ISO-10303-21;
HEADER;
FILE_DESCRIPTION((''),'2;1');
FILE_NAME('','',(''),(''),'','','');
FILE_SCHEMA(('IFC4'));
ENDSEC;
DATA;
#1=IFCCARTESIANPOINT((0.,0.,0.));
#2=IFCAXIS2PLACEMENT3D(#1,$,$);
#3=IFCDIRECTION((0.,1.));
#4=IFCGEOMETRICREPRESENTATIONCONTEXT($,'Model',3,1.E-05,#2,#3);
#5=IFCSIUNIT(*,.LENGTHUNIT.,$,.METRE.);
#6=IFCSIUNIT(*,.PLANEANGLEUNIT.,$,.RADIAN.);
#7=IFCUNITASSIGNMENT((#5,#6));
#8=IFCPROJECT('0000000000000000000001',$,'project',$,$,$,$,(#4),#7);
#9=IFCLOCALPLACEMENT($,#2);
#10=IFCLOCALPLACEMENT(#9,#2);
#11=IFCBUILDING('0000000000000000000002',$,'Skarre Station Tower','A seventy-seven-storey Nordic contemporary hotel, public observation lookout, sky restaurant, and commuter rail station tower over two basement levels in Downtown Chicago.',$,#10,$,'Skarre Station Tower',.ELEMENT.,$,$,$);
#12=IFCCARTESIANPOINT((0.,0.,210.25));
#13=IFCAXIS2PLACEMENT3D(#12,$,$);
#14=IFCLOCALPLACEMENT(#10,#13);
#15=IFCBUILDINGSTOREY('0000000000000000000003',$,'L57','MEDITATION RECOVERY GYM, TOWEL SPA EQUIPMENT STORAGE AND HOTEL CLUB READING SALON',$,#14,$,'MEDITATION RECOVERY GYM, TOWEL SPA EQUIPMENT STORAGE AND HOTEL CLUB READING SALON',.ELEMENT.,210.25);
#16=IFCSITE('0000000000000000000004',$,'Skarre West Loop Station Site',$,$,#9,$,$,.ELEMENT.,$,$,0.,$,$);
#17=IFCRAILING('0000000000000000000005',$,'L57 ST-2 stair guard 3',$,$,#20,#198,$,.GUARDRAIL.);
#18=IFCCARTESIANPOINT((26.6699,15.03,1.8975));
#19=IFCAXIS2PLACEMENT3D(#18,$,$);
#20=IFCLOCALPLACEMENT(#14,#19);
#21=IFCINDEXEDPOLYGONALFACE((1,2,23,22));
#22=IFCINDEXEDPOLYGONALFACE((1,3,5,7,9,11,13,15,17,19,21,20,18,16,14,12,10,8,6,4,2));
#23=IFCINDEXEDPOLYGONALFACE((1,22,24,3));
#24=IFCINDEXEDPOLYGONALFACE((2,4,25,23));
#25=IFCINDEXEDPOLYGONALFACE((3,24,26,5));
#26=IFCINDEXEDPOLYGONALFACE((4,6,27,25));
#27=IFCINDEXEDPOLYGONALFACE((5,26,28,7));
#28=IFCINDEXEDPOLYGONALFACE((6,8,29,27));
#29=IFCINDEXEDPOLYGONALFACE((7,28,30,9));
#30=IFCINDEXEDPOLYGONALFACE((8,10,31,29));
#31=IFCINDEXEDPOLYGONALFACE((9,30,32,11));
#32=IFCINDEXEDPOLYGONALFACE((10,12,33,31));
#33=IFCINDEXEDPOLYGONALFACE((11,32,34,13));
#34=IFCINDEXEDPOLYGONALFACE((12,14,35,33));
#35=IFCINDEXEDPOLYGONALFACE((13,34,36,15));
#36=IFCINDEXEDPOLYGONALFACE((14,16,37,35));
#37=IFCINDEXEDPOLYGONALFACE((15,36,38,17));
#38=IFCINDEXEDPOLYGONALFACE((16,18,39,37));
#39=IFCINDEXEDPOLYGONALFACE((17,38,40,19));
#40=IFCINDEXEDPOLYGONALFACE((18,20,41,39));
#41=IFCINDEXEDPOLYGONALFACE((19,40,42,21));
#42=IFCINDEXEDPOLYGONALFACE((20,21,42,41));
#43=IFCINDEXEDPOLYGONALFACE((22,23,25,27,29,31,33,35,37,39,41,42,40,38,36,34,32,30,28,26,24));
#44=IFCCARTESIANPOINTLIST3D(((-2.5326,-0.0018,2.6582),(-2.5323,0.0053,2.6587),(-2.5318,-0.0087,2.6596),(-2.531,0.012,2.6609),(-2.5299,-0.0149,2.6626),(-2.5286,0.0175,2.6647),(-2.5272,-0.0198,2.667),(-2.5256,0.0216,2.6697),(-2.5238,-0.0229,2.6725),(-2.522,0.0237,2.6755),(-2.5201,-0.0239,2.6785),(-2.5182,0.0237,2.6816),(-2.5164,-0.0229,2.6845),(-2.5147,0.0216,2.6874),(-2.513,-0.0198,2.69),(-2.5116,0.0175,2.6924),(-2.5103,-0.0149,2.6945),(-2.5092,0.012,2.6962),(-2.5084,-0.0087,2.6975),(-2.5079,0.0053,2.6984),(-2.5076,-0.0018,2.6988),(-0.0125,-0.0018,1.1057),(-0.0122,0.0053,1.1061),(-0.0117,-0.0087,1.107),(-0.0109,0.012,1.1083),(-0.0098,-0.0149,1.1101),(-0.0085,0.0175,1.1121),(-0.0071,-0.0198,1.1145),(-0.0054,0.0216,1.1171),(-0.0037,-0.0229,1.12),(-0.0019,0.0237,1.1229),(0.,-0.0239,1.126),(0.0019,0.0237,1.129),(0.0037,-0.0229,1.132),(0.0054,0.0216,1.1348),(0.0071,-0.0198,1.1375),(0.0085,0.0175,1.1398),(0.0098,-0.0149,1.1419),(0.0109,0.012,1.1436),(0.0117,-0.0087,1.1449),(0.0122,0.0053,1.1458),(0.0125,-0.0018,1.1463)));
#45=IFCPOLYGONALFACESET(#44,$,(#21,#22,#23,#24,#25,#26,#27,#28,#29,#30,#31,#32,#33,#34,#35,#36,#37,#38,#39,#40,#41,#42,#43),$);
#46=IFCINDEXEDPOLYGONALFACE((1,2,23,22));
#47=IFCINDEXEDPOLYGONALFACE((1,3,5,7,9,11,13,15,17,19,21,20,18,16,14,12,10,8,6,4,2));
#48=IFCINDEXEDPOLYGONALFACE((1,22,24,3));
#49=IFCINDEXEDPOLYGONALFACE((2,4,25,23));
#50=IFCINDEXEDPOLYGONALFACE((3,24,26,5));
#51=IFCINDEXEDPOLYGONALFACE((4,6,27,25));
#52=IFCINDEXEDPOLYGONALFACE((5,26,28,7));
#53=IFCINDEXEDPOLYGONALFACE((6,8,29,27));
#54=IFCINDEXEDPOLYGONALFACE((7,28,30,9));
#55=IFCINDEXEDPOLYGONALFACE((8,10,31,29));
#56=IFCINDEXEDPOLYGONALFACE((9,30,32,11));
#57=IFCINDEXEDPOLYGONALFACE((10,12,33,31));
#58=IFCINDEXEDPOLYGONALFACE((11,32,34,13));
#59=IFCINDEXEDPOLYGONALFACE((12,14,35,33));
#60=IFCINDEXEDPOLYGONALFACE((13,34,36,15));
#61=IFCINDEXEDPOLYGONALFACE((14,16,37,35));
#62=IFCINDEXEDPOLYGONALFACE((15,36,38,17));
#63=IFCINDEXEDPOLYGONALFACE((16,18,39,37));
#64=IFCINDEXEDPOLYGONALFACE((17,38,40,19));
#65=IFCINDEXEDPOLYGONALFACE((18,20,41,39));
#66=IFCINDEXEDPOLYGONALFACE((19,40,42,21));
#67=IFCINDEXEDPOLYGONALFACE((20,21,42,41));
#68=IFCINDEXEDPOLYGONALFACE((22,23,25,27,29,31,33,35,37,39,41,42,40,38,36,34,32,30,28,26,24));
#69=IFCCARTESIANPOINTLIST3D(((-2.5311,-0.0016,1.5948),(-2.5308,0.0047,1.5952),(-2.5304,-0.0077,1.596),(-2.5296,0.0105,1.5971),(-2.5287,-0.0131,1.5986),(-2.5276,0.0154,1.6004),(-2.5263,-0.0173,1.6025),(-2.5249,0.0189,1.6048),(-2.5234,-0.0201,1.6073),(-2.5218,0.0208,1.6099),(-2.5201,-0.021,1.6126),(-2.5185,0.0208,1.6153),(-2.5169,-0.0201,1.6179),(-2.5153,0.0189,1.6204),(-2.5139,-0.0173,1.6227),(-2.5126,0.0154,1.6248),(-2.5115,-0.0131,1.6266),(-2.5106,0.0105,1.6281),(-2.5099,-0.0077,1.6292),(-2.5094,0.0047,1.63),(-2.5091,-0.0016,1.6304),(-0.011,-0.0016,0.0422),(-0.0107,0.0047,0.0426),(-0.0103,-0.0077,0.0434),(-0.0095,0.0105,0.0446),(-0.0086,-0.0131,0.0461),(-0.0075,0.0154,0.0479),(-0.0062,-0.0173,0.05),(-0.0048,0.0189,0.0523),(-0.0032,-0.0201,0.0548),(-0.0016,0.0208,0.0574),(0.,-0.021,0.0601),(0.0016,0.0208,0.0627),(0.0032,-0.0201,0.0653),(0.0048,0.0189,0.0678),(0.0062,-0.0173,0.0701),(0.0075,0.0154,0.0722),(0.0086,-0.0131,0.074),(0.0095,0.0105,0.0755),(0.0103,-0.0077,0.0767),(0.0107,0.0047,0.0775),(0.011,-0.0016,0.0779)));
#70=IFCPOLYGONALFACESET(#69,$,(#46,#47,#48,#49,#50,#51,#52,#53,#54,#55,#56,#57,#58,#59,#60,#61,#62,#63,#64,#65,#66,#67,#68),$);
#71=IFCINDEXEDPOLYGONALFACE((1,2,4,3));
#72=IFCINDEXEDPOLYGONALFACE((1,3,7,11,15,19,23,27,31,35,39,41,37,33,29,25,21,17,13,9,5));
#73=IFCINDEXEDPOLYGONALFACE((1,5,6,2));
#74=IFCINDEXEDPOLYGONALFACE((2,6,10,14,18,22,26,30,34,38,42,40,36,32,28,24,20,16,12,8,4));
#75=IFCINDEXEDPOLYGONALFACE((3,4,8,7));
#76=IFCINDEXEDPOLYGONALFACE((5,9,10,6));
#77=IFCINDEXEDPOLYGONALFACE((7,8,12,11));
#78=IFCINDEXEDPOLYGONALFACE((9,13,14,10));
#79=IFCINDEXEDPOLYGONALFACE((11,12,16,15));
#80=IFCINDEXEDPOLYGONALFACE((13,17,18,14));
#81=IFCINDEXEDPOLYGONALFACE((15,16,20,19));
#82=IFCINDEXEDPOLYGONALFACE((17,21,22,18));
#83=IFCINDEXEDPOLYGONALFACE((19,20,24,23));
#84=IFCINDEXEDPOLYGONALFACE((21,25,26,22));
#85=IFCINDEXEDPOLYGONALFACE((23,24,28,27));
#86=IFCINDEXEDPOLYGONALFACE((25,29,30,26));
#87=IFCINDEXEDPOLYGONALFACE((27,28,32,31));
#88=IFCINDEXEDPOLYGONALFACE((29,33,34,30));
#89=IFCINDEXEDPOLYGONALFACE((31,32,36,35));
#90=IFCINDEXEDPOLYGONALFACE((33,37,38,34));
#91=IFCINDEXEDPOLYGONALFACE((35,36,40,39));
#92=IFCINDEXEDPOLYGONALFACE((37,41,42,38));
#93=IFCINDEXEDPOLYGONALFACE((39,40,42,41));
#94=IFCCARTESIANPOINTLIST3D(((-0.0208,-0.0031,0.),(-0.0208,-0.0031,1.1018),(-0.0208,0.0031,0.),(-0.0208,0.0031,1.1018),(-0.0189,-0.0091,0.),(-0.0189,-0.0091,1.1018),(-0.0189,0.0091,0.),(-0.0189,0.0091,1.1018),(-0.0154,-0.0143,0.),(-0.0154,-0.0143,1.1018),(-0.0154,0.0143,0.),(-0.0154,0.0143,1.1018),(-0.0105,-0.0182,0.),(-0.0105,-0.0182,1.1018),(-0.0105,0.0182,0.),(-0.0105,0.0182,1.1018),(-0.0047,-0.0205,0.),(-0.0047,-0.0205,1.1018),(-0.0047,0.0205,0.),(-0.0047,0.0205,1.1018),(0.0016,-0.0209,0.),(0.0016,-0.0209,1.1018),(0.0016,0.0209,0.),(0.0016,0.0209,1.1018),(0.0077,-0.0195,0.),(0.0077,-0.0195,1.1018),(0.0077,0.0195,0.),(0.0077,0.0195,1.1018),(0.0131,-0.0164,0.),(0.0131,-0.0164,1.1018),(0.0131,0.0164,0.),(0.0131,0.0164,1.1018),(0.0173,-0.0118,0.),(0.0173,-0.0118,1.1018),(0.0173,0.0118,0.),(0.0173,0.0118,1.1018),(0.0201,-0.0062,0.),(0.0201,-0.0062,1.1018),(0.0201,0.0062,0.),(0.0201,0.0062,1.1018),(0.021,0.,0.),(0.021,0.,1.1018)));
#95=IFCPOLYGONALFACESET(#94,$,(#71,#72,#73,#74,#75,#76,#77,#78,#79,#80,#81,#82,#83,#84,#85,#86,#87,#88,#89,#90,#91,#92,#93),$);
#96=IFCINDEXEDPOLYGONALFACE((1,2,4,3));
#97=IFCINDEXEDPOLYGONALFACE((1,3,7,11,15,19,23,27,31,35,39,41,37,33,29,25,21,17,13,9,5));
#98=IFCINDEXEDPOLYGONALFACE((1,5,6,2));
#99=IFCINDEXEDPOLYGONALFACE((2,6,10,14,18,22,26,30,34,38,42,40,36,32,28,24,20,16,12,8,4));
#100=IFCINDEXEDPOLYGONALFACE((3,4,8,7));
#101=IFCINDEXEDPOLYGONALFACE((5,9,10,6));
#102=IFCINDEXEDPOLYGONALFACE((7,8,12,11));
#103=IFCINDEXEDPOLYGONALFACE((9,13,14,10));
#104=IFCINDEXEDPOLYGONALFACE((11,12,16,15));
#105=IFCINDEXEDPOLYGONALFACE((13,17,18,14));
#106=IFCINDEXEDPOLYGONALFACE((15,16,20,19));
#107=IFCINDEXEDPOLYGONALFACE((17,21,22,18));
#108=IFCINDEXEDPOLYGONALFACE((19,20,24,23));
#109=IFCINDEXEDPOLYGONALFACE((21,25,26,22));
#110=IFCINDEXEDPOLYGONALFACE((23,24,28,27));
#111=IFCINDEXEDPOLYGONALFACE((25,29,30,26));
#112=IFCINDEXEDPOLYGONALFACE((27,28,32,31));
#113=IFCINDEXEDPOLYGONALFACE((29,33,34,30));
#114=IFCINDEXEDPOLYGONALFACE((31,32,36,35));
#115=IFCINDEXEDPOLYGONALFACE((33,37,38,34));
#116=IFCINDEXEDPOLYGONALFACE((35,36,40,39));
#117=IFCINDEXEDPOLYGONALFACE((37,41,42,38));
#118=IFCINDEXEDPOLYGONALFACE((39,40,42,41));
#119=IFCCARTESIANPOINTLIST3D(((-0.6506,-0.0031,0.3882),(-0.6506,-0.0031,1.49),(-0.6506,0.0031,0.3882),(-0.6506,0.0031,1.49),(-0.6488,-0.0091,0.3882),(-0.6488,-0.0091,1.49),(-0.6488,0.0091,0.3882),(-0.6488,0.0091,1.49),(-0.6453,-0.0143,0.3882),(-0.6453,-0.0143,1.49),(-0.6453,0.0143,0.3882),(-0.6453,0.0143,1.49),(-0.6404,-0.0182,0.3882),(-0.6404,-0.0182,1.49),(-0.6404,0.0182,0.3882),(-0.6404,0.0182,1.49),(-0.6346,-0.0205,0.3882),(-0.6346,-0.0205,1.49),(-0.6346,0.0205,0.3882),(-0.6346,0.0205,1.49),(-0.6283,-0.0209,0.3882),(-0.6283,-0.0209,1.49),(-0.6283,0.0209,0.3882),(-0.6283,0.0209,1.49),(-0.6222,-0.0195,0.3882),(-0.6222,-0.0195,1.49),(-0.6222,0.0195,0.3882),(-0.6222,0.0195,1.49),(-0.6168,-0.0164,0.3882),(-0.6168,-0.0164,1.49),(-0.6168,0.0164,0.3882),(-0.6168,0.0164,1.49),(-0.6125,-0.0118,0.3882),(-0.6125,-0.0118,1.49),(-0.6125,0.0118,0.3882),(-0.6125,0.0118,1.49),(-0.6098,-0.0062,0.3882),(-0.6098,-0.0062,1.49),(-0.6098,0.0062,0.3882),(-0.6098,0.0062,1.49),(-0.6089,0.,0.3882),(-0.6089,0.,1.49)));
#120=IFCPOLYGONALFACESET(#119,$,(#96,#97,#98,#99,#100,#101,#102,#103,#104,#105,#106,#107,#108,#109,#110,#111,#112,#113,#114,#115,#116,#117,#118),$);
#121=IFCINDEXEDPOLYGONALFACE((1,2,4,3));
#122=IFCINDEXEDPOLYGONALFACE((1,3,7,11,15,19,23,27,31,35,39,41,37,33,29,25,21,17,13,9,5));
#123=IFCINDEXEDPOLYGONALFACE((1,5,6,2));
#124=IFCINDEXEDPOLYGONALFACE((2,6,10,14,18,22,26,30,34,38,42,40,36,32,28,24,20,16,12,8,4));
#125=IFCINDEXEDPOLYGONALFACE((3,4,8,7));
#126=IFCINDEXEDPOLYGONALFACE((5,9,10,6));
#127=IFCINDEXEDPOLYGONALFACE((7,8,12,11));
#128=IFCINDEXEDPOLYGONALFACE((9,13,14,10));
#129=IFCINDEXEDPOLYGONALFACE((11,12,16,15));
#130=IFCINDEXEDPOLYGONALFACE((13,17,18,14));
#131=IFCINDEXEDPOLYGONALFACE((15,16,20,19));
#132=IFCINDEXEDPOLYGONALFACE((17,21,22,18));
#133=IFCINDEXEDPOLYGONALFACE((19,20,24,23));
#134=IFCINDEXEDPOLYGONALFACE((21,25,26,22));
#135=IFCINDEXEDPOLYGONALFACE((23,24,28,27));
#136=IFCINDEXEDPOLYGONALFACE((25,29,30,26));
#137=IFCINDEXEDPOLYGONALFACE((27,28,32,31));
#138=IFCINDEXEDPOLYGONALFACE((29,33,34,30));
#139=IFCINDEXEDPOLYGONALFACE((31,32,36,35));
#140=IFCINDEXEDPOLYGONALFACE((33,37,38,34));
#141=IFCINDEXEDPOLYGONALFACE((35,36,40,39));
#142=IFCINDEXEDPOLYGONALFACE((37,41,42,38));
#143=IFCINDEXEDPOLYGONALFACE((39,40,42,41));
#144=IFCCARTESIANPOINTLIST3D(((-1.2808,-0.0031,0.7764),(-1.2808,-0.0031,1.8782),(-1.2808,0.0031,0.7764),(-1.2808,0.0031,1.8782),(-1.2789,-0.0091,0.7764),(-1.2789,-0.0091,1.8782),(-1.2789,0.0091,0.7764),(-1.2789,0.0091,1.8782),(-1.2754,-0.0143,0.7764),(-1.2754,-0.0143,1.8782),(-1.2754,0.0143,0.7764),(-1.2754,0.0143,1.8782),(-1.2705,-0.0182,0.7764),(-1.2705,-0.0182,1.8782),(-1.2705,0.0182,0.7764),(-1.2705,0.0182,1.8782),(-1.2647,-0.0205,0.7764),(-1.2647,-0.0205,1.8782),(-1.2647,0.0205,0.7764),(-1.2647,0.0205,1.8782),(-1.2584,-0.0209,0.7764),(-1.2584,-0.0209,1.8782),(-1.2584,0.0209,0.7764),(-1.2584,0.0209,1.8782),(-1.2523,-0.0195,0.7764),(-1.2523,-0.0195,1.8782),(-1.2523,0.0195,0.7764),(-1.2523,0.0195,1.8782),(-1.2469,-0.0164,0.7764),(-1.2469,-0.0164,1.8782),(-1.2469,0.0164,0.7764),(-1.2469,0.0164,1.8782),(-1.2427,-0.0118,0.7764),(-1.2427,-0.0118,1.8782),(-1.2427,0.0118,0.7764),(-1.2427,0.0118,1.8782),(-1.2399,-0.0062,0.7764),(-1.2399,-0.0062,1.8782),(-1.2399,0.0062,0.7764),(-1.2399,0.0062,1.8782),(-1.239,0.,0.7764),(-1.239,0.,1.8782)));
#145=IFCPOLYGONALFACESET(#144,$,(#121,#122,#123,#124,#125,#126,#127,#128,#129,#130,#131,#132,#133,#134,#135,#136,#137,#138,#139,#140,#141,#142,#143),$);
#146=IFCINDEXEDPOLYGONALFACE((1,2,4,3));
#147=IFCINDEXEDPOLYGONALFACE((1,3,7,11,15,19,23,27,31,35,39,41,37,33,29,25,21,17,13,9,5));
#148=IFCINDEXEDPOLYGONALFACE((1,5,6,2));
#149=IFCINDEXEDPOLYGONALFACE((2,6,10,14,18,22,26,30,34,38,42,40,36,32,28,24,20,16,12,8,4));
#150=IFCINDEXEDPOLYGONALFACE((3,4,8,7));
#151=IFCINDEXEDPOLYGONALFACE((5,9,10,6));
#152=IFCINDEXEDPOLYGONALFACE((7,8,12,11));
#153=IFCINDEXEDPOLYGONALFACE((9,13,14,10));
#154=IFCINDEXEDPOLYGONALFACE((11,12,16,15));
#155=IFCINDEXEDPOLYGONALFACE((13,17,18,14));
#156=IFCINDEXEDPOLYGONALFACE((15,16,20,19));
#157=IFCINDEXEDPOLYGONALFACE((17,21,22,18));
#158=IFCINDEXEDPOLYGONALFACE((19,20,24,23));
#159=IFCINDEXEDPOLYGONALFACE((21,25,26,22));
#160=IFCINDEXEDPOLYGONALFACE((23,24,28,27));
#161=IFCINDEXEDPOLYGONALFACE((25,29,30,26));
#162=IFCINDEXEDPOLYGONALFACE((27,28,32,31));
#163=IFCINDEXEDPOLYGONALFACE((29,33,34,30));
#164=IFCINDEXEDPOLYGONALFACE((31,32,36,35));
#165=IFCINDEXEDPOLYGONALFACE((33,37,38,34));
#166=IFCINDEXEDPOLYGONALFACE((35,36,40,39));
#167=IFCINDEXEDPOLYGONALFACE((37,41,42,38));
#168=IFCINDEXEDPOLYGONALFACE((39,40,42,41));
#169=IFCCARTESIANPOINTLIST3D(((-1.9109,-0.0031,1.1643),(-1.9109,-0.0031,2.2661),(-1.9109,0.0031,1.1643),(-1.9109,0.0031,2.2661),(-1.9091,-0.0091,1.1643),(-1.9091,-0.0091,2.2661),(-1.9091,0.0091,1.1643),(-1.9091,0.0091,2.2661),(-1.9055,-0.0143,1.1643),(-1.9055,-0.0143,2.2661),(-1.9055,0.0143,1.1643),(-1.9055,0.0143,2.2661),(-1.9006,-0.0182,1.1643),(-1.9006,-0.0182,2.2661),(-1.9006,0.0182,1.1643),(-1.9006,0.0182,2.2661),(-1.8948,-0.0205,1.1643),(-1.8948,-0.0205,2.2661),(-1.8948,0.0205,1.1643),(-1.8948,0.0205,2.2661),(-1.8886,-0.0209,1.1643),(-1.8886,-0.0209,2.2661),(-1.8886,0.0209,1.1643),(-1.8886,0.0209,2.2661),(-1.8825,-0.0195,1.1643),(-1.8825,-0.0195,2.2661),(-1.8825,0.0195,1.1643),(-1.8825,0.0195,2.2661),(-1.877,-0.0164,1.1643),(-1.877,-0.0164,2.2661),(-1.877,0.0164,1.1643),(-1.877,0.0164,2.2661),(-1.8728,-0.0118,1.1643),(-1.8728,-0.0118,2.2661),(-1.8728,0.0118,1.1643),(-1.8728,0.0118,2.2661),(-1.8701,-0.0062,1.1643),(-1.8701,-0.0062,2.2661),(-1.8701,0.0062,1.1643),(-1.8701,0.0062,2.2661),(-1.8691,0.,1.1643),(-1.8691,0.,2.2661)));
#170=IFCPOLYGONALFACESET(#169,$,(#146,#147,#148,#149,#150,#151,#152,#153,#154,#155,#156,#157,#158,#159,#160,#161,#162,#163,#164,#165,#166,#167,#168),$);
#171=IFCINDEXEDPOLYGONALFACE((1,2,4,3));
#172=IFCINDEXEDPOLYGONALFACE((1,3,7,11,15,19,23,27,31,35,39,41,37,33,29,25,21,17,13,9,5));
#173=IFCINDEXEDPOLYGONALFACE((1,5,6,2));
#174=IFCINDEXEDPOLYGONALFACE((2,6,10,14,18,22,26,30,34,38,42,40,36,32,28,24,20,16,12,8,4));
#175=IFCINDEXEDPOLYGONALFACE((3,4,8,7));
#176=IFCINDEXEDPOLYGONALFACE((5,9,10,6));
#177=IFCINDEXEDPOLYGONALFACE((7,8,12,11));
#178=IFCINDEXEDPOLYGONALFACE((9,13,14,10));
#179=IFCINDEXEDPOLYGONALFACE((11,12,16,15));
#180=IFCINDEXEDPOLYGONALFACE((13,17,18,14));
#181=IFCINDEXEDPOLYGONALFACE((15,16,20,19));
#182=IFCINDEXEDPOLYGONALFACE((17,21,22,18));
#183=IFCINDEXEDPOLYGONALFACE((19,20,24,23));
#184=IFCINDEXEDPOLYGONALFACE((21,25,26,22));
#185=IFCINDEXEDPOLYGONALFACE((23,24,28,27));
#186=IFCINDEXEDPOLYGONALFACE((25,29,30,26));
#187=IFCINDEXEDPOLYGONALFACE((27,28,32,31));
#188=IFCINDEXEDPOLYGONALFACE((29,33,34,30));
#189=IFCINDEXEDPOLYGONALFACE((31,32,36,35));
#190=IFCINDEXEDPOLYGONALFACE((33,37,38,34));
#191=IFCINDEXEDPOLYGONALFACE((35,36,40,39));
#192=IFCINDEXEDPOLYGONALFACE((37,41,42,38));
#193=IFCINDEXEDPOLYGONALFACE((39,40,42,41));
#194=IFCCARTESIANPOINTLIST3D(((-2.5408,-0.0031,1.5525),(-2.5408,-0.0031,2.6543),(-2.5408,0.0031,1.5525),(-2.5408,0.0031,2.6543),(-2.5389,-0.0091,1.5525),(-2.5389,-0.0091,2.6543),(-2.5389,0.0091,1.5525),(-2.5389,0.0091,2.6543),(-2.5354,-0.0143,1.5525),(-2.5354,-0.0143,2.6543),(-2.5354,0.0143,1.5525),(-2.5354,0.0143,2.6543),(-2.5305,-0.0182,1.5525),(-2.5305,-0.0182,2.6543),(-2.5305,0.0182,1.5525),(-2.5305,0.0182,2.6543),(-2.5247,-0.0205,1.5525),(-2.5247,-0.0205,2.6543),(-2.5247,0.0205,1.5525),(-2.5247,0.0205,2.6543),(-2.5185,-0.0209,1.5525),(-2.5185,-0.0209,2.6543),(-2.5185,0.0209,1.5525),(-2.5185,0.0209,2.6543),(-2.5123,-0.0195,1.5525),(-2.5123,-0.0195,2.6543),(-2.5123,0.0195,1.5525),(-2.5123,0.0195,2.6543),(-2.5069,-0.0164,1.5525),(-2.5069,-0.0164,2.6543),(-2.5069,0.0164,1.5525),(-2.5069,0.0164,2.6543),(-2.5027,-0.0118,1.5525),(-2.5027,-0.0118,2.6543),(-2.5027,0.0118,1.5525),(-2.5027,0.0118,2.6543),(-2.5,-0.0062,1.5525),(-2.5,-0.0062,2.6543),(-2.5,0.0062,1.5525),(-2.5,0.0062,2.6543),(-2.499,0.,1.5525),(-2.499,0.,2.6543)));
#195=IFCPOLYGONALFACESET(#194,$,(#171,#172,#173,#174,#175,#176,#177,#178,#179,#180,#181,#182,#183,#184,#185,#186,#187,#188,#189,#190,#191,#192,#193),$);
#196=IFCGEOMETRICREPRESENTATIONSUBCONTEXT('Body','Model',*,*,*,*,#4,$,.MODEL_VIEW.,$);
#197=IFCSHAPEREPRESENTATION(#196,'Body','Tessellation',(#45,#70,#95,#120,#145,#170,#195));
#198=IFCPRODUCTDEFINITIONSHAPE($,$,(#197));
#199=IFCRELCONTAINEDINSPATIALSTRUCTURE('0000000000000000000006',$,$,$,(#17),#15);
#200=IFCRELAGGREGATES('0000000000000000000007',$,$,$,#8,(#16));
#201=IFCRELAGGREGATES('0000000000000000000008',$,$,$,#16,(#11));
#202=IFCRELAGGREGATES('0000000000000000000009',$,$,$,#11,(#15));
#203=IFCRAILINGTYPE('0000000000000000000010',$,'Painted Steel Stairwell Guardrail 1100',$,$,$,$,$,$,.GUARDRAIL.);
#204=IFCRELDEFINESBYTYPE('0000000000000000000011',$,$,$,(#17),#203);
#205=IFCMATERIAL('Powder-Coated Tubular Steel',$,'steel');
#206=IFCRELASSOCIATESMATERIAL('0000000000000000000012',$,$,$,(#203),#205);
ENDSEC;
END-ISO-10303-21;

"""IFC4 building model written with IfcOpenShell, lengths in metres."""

from ifc_helpers import new_model, si_unit, direction, frame, origin, origin_2d, place, context, subcontext, project, spatial, circle, extrude, material, type_object, element, save


model = new_model("IFC4")

# Units and contexts
model_context = context("Model", 3, precision=1e-05, world=origin(), true_north=direction((0.0, 1.0)))
body_context = subcontext(model_context, "Body", "Model", "MODEL_VIEW")
ifc_project = project(units=[si_unit("LENGTHUNIT", "METRE"), si_unit("PLANEANGLEUNIT", "RADIAN")], contexts=[model_context])

# Site, building, storey
site_placement = place(None, origin())
site = spatial("IfcSite", under=ifc_project, at=site_placement, Name="Skarre West Loop Station Site", CompositionType="ELEMENT", RefElevation=0.0)
building_placement = place(site_placement, origin())
building = spatial("IfcBuilding", under=site, at=building_placement, Name="Skarre Station Tower", Description="A seventy-seven-storey Nordic contemporary hotel, public observation lookout, sky restaurant, and commuter rail station tower over two basement levels in Downtown Chicago.", LongName="Skarre Station Tower", CompositionType="ELEMENT")
storey_placement = place(building_placement, frame((0.0, 0.0, 210.25)))
storey = spatial("IfcBuildingStorey", under=building, at=storey_placement, Name="L57", Description="MEDITATION RECOVERY GYM, TOWEL SPA EQUIPMENT STORAGE AND HOTEL CLUB READING SALON", LongName="MEDITATION RECOVERY GYM, TOWEL SPA EQUIPMENT STORAGE AND HOTEL CLUB READING SALON", CompositionType="ELEMENT", Elevation=210.25)

# Railing
ifc_material_1 = material(Name="Powder-Coated Tubular Steel", Category="steel")
railing_type_1 = type_object("IfcRailingType", Name="Painted Steel Stairwell Guardrail 1100", PredefinedType="GUARDRAIL", material=ifc_material_1)
railing_1_placement = place(storey_placement, frame((26.6699, 15.03, 1.8975)))
element("IfcRailing", 1, at=railing_1_placement, inside=storey, type_object=railing_type_1, Name="L57 ST-2 stair guard 3", PredefinedType="GUARDRAIL", context=body_context, shape_type="SweptSolid", body=[
    extrude(circle(Radius=0.0239, at=origin_2d()), frame((0.0, 0.0, 1.126), z_axis=(-0.8514, 0.0, 0.524516), x_axis=(0.0, -1.0, 0.0)), (0.0, 0.0, 1.0), 2.96),
    extrude(circle(Radius=0.021, at=origin_2d()), frame((0.0, 0.0, 0.0601), z_axis=(-0.8514, 0.0, 0.524516), x_axis=(0.0, -1.0, 0.0)), (0.0, 0.0, 1.0), 2.96),
    extrude(circle(Radius=0.021, at=origin_2d()), origin(), (0.0, 0.0, 1.0), 1.1018),
    extrude(circle(Radius=0.021, at=origin_2d()), frame((-0.6299, 0.0, 0.3882)), (0.0, 0.0, 1.0), 1.1018),
    extrude(circle(Radius=0.021, at=origin_2d()), frame((-1.26, 0.0, 0.7764)), (0.0, 0.0, 1.0), 1.1018),
    extrude(circle(Radius=0.021, at=origin_2d()), frame((-1.8901, 0.0, 1.1643)), (0.0, 0.0, 1.0), 1.1018),
    extrude(circle(Radius=0.021, at=origin_2d()), frame((-2.52, 0.0, 1.5525)), (0.0, 0.0, 1.0), 1.1018),
])

save(model, "model.ifc")
